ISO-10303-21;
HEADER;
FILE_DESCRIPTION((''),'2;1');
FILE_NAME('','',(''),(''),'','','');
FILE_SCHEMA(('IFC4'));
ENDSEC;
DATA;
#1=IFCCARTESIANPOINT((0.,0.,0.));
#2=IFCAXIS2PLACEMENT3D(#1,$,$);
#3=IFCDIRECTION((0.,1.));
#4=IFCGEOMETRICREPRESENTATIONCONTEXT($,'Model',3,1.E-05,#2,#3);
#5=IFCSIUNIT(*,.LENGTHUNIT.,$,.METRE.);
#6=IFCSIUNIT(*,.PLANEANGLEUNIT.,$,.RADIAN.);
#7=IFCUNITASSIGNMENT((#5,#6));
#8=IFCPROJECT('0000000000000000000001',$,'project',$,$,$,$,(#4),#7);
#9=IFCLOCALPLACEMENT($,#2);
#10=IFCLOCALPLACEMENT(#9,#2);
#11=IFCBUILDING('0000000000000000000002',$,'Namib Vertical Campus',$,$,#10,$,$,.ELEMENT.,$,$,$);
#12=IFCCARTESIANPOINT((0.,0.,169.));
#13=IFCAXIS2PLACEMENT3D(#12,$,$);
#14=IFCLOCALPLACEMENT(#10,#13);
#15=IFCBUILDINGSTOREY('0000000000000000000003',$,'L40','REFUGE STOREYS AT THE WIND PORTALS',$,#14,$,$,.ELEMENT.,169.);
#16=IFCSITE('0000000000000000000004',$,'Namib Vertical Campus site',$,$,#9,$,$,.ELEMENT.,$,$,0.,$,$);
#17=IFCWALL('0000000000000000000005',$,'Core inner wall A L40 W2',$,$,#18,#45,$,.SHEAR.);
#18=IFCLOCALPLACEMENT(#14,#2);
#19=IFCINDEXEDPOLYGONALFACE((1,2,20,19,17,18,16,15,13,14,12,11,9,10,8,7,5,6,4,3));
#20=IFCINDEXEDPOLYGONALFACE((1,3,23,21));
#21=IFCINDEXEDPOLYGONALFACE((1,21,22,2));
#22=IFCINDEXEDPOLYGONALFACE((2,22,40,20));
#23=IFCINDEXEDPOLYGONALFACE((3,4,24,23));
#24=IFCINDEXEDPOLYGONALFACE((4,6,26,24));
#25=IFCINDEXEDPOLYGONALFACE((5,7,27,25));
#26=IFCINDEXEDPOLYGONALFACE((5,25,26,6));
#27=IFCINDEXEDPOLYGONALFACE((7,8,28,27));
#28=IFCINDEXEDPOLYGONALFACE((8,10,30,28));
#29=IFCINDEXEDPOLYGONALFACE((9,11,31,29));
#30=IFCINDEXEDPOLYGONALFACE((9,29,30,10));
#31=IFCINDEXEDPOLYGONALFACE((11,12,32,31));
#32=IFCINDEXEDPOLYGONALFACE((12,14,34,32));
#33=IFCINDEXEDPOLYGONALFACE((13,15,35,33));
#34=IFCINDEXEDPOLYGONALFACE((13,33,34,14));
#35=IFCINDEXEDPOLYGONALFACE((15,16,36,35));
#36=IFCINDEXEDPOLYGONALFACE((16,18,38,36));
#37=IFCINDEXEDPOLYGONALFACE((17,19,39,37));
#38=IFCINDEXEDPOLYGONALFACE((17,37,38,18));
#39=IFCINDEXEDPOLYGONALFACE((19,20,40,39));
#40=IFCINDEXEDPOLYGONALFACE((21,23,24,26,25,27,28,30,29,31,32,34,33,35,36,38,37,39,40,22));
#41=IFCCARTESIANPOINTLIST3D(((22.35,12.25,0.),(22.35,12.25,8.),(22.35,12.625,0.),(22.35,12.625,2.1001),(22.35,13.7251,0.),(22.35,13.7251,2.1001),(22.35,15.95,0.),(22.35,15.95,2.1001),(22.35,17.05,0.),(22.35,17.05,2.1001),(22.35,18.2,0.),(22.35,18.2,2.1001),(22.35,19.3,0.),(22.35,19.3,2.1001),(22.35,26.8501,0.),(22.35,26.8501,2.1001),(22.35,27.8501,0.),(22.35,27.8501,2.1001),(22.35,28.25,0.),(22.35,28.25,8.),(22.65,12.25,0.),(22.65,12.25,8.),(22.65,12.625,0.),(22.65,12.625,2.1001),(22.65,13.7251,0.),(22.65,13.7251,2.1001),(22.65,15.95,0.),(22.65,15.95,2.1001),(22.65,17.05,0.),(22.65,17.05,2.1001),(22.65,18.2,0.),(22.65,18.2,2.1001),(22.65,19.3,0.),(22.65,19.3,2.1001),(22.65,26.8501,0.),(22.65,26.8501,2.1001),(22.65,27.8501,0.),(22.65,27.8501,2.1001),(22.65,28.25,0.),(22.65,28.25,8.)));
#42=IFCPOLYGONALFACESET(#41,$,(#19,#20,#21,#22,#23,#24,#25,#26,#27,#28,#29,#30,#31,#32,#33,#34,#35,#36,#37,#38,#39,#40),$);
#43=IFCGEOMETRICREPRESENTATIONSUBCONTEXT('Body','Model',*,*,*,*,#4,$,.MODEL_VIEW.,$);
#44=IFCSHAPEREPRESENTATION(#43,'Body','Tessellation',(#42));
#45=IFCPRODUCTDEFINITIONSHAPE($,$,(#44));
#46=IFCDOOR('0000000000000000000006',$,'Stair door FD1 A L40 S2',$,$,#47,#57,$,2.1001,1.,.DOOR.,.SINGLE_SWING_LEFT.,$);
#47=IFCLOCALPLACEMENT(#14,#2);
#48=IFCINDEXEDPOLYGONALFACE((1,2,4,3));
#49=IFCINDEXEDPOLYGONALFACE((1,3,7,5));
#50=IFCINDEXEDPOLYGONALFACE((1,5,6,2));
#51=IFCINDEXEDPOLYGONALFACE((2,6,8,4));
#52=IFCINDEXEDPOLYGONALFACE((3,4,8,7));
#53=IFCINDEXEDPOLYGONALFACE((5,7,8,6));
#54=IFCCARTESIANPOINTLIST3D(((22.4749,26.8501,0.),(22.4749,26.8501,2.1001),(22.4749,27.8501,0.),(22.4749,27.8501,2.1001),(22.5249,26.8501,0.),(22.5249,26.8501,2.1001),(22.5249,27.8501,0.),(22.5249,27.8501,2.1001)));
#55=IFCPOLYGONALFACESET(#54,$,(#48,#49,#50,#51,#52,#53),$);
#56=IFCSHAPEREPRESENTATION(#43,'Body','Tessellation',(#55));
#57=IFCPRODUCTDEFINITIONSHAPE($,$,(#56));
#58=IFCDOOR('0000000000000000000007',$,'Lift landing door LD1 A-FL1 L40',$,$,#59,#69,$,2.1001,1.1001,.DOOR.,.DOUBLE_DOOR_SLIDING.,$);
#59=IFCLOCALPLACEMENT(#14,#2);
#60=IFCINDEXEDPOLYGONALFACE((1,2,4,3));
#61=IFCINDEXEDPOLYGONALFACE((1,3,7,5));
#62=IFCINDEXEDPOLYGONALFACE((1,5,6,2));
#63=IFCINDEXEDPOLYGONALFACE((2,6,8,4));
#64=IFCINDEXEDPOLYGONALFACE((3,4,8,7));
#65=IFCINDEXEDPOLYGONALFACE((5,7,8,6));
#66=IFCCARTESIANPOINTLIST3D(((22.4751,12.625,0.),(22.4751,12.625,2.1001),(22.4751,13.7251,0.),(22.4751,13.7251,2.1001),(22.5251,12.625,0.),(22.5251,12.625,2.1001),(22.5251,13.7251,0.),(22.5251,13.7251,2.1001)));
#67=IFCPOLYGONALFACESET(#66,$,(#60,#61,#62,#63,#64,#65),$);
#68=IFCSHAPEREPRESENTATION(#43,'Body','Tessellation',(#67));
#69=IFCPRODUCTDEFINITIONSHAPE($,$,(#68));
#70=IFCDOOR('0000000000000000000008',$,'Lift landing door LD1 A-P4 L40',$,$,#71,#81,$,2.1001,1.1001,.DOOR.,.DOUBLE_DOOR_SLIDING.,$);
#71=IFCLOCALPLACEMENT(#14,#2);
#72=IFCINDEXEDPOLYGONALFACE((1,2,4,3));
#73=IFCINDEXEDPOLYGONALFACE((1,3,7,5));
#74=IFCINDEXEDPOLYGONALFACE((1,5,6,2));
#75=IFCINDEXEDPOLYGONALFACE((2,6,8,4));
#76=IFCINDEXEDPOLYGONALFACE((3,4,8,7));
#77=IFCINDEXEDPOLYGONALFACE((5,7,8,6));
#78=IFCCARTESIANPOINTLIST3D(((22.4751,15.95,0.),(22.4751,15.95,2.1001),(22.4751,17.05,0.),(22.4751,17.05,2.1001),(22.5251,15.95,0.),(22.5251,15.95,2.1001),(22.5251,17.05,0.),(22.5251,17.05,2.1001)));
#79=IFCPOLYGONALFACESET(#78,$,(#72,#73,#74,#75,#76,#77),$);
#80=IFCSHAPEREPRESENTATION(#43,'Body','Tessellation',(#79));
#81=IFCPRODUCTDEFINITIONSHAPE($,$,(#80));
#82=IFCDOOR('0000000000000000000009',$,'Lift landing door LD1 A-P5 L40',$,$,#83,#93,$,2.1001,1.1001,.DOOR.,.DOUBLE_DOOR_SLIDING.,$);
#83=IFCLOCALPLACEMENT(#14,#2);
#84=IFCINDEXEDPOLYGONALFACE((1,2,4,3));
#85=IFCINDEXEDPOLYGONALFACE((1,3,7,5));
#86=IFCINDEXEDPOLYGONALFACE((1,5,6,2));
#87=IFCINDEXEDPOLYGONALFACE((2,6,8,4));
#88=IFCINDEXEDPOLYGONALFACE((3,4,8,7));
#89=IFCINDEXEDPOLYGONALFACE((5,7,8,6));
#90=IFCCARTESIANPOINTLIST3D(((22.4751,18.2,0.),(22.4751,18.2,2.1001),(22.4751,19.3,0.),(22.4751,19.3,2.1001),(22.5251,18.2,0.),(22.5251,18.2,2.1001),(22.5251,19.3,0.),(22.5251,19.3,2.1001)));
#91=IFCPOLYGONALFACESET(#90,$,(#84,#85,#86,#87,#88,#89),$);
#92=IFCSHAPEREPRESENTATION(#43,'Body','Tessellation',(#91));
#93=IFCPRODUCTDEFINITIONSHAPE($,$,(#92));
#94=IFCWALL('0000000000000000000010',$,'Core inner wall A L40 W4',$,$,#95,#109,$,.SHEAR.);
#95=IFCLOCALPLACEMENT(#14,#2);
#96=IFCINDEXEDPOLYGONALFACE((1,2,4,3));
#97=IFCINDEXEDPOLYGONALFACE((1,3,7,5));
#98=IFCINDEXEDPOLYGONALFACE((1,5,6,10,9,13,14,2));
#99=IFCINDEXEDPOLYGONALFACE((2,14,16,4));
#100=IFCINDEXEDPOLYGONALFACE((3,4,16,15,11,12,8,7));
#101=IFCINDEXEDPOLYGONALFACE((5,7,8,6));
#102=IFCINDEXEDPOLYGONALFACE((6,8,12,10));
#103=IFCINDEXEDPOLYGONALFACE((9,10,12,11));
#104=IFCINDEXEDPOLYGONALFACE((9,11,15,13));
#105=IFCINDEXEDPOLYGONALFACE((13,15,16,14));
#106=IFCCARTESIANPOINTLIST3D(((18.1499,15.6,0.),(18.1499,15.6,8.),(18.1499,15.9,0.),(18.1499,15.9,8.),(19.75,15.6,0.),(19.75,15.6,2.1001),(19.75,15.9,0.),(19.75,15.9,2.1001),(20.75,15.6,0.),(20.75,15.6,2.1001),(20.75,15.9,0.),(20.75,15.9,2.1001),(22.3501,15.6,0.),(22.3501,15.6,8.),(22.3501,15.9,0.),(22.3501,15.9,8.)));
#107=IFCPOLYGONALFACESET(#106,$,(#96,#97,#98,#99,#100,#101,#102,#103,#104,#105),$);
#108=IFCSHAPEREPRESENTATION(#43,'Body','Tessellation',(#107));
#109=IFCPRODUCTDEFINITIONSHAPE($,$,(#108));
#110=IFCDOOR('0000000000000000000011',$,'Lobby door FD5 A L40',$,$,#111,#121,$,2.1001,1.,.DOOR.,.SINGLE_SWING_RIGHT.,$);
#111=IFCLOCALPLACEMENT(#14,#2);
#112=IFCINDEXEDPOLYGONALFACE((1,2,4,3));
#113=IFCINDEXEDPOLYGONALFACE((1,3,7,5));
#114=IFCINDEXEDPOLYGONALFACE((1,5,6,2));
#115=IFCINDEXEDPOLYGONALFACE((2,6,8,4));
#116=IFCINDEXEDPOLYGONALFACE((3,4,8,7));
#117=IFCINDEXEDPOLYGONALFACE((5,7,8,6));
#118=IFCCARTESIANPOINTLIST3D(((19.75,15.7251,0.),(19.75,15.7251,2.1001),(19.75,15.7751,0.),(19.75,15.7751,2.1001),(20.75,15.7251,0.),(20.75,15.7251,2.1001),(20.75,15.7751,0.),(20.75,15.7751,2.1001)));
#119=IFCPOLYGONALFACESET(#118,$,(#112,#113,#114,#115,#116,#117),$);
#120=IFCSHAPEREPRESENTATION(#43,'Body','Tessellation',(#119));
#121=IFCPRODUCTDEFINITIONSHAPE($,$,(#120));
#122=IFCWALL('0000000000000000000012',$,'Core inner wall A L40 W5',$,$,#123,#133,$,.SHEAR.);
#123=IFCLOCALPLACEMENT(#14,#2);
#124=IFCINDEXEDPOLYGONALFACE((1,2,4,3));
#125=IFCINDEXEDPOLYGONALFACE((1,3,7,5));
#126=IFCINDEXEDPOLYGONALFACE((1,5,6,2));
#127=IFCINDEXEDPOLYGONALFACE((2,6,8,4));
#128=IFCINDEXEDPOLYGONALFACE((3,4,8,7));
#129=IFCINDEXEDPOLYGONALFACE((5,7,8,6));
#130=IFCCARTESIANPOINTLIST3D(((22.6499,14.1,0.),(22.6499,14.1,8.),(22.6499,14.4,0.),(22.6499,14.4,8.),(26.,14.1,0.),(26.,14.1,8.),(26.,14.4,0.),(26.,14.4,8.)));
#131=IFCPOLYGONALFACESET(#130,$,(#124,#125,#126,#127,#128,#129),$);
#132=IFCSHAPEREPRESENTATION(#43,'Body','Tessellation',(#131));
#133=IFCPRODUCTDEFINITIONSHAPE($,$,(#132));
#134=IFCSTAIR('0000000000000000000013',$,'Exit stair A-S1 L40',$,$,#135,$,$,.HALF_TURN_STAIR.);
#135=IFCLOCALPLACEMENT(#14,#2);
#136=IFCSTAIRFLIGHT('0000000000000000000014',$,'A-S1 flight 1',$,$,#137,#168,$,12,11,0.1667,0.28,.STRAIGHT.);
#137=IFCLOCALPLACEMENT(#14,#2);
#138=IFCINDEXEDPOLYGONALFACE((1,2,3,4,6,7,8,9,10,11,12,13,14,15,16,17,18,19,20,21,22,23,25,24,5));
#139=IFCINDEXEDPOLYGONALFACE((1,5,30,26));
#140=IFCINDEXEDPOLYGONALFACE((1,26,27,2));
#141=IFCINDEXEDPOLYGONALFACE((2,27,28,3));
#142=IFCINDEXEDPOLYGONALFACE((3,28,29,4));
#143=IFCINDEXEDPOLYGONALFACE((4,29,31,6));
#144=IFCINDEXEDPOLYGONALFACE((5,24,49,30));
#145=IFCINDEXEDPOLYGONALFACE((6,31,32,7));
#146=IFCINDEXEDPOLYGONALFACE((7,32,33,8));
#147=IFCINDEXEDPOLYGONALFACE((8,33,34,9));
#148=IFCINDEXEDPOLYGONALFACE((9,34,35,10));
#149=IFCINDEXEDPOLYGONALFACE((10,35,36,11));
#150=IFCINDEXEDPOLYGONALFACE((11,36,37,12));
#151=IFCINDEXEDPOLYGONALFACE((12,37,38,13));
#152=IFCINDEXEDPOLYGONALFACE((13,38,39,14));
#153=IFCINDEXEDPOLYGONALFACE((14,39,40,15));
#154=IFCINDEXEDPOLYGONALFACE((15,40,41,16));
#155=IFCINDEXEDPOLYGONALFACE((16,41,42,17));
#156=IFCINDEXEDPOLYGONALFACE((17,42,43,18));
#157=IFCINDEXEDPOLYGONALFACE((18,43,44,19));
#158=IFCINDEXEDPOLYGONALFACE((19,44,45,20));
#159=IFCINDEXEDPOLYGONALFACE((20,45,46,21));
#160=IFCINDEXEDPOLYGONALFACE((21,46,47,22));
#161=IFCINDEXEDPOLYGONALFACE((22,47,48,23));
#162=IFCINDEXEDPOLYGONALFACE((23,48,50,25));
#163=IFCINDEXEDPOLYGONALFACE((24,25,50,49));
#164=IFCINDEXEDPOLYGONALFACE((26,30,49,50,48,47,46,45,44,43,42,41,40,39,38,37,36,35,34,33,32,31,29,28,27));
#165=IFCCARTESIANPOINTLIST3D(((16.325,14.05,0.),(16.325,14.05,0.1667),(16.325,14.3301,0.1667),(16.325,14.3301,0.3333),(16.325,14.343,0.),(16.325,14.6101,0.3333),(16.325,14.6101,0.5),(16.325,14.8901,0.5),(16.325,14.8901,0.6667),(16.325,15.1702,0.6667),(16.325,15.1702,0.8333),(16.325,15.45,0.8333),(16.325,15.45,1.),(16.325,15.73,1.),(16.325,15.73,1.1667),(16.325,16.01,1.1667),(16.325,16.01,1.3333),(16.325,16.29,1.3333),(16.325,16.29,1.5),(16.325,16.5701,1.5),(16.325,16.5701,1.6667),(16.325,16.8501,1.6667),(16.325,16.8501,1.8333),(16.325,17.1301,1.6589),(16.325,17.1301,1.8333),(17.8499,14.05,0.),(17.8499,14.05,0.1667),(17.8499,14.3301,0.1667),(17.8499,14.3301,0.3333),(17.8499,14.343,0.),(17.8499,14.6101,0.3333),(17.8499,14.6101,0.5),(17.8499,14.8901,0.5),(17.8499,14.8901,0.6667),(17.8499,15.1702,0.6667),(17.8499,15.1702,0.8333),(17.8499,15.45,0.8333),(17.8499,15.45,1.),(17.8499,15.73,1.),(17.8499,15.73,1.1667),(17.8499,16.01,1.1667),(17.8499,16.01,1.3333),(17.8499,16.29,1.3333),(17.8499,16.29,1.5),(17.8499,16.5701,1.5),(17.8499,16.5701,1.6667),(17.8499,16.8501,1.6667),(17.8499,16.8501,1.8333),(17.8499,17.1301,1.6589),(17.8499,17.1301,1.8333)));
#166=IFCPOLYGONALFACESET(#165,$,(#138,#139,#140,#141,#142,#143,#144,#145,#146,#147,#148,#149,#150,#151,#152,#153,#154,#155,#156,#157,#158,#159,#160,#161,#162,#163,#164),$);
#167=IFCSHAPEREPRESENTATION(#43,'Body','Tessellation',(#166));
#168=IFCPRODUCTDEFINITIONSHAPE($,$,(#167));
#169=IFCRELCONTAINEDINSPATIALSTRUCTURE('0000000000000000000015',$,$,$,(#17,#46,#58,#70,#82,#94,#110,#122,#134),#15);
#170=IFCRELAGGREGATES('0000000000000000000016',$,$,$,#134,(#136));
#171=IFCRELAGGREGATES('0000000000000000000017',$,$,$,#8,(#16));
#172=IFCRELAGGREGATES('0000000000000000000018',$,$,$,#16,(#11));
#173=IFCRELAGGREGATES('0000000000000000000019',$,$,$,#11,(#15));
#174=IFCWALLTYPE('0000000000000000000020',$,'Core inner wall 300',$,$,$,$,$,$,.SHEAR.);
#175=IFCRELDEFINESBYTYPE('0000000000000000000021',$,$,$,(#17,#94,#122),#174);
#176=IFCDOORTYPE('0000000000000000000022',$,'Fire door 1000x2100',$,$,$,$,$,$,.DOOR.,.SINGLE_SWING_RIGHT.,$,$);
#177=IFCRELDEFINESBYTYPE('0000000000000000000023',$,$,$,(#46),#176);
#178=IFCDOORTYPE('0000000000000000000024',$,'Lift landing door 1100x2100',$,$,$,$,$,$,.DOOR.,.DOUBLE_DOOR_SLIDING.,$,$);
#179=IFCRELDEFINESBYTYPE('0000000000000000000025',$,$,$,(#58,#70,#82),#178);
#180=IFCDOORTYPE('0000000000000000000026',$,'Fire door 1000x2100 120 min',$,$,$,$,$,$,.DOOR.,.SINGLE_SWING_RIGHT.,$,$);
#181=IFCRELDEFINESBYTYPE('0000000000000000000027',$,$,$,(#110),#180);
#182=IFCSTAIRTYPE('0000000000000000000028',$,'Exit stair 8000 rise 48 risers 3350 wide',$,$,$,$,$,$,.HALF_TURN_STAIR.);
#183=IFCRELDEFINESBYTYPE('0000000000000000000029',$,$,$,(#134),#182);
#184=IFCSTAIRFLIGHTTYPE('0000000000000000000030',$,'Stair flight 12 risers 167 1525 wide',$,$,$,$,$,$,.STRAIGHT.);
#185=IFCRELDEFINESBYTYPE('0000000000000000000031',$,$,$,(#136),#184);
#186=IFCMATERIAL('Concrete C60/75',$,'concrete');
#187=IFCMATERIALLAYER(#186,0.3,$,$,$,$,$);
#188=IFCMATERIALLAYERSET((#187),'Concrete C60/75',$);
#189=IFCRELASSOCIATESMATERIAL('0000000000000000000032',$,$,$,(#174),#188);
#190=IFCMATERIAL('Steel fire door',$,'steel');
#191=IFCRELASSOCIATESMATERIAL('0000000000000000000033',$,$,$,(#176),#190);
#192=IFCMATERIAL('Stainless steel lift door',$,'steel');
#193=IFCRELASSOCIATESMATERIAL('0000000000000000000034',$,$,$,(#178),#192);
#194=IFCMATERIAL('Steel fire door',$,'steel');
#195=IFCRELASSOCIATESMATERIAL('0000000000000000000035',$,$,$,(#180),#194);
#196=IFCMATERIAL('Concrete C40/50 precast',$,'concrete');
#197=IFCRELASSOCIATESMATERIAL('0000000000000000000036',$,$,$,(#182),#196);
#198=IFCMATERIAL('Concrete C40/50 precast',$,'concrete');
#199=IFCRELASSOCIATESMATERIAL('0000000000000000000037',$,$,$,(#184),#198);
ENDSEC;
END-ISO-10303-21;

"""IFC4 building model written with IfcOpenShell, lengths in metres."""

from ifc_helpers import new_model, si_unit, direction, frame, frame_2d, origin, place, context, subcontext, project, spatial, polyline, rectangle, outline, extrude, material, layer, layer_set, type_object, element, fill, aggregate, save


model = new_model("IFC4")

# Units and contexts
model_context = context("Model", 3, precision=1e-05, world=origin(), true_north=direction((0.0, 1.0)))
body_context = subcontext(model_context, "Body", "Model", "MODEL_VIEW")
ifc_project = project(units=[si_unit("LENGTHUNIT", "METRE"), si_unit("PLANEANGLEUNIT", "RADIAN")], contexts=[model_context])

# Site, building, storey
site_placement = place(None, origin())
site = spatial("IfcSite", under=ifc_project, at=site_placement, Name="Namib Vertical Campus site", CompositionType="ELEMENT", RefElevation=0.0)
building_placement = place(site_placement, origin())
building = spatial("IfcBuilding", under=site, at=building_placement, Name="Namib Vertical Campus", CompositionType="ELEMENT")
storey_placement = place(building_placement, frame((0.0, 0.0, 169.0)))
storey = spatial("IfcBuildingStorey", under=building, at=storey_placement, Name="L40", Description="REFUGE STOREYS AT THE WIND PORTALS", CompositionType="ELEMENT", Elevation=169.0)

# Wall, openings, doors
ifc_material_1 = material(Name="Concrete C60/75", Category="concrete")
ifc_layer = layer(ifc_material_1, 0.3)
ifc_layer_set = layer_set([ifc_layer], Name="Concrete C60/75")
wall_type = type_object("IfcWallType", Name="Core inner wall 300", PredefinedType="SHEAR", material=ifc_layer_set)
ifc_material_2 = material(Name="Steel fire door", Category="steel")
door_type_1 = type_object("IfcDoorType", Name="Fire door 1000x2100", OperationType="SINGLE_SWING_RIGHT", PredefinedType="DOOR", material=ifc_material_2)
ifc_material_3 = material(Name="Stainless steel lift door", Category="steel")
door_type_2 = type_object("IfcDoorType", Name="Lift landing door 1100x2100", OperationType="DOUBLE_DOOR_SLIDING", PredefinedType="DOOR", material=ifc_material_3)
wall_1_placement = place(storey_placement, frame((22.5, 12.25, 0.0), z_axis=(0.0, 0.0, 1.0), x_axis=(0.0, 1.0, 0.0)))
wall_1 = element("IfcWall", 1, at=wall_1_placement, inside=storey, type_object=wall_type, Name="Core inner wall A L40 W2", PredefinedType="SHEAR", context=body_context, shape_type="SweptSolid", body=[
    extrude(rectangle(XDim=16.0, YDim=0.3, at=frame_2d((8.0, 0.0))), origin(), (0.0, 0.0, 1.0), 8.0),
])
opening_1_placement = place(wall_1_placement, frame((14.6001, 0.0, 0.0)))
opening_1 = element("IfcOpeningElement", 2, at=opening_1_placement, cuts=wall_1, PredefinedType="OPENING", context=body_context, shape_type="SweptSolid", body=[
    extrude(rectangle(XDim=1.0, YDim=2.1001, at=frame_2d((0.5, 1.05))), frame((0.0, 0.1599, 0.0), z_axis=(0.0, -1.0, 0.0), x_axis=(1.0, 0.0, 0.0)), (0.0, 0.0, 1.0), 0.3201),
])
opening_2_placement = place(wall_1_placement, frame((0.375, 0.0, 0.0)))
opening_2 = element("IfcOpeningElement", 3, at=opening_2_placement, cuts=wall_1, PredefinedType="OPENING", context=body_context, shape_type="SweptSolid", body=[
    extrude(rectangle(XDim=1.1001, YDim=2.1001, at=frame_2d((0.55, 1.05))), frame((0.0, 0.1599, 0.0), z_axis=(0.0, -1.0, 0.0), x_axis=(1.0, 0.0, 0.0)), (0.0, 0.0, 1.0), 0.3201),
])
opening_3_placement = place(wall_1_placement, frame((3.7, 0.0, 0.0)))
opening_3 = element("IfcOpeningElement", 4, at=opening_3_placement, cuts=wall_1, PredefinedType="OPENING", context=body_context, shape_type="SweptSolid", body=[
    extrude(rectangle(XDim=1.1001, YDim=2.1001, at=frame_2d((0.55, 1.05))), frame((0.0, 0.1599, 0.0), z_axis=(0.0, -1.0, 0.0), x_axis=(1.0, 0.0, 0.0)), (0.0, 0.0, 1.0), 0.3201),
])
opening_4_placement = place(wall_1_placement, frame((5.95, 0.0, 0.0)))
opening_4 = element("IfcOpeningElement", 5, at=opening_4_placement, cuts=wall_1, PredefinedType="OPENING", context=body_context, shape_type="SweptSolid", body=[
    extrude(rectangle(XDim=1.1001, YDim=2.1001, at=frame_2d((0.55, 1.05))), frame((0.0, 0.1599, 0.0), z_axis=(0.0, -1.0, 0.0), x_axis=(1.0, 0.0, 0.0)), (0.0, 0.0, 1.0), 0.3201),
])
door_1_placement = place(opening_1_placement, frame((1.0, 0.0, 0.0), z_axis=(0.0, 0.0, 1.0), x_axis=(-1.0, 0.0, 0.0)))
door_1 = element("IfcDoor", 6, at=door_1_placement, inside=storey, type_object=door_type_1, Name="Stair door FD1 A L40 S2", OperationType="SINGLE_SWING_LEFT", OverallHeight=2.1001, OverallWidth=1.0, PredefinedType="DOOR", context=body_context, shape_type="SweptSolid", body=[
    extrude(rectangle(XDim=1.0, YDim=2.1001, at=frame_2d((0.5, 1.05))), frame((0.0, 0.0249, 0.0), z_axis=(0.0, -1.0, 0.0), x_axis=(1.0, 0.0, 0.0)), (0.0, 0.0, 1.0), 0.05),
])
fill(opening_1, door_1)
door_2_placement = place(opening_2_placement, origin())
door_2 = element("IfcDoor", 7, at=door_2_placement, inside=storey, type_object=door_type_2, Name="Lift landing door LD1 A-FL1 L40", OperationType="DOUBLE_DOOR_SLIDING", OverallHeight=2.1001, OverallWidth=1.1001, PredefinedType="DOOR", context=body_context, shape_type="SweptSolid", body=[
    extrude(rectangle(XDim=1.1001, YDim=2.1001, at=frame_2d((0.55, 1.05))), frame((0.0, 0.0249, 0.0), z_axis=(0.0, -1.0, 0.0), x_axis=(1.0, 0.0, 0.0)), (0.0, 0.0, 1.0), 0.05),
])
fill(opening_2, door_2)
door_3_placement = place(opening_3_placement, origin())
door_3 = element("IfcDoor", 8, at=door_3_placement, inside=storey, type_object=door_type_2, Name="Lift landing door LD1 A-P4 L40", OperationType="DOUBLE_DOOR_SLIDING", OverallHeight=2.1001, OverallWidth=1.1001, PredefinedType="DOOR", context=body_context, shape_type="SweptSolid", body=[
    extrude(rectangle(XDim=1.1001, YDim=2.1001, at=frame_2d((0.55, 1.05))), frame((0.0, 0.0249, 0.0), z_axis=(0.0, -1.0, 0.0), x_axis=(1.0, 0.0, 0.0)), (0.0, 0.0, 1.0), 0.05),
])
fill(opening_3, door_3)
door_4_placement = place(opening_4_placement, origin())
door_4 = element("IfcDoor", 9, at=door_4_placement, inside=storey, type_object=door_type_2, Name="Lift landing door LD1 A-P5 L40", OperationType="DOUBLE_DOOR_SLIDING", OverallHeight=2.1001, OverallWidth=1.1001, PredefinedType="DOOR", context=body_context, shape_type="SweptSolid", body=[
    extrude(rectangle(XDim=1.1001, YDim=2.1001, at=frame_2d((0.55, 1.05))), frame((0.0, 0.0249, 0.0), z_axis=(0.0, -1.0, 0.0), x_axis=(1.0, 0.0, 0.0)), (0.0, 0.0, 1.0), 0.05),
])
fill(opening_4, door_4)

# Wall, opening, door
wall_2_placement = place(storey_placement, frame((18.1499, 15.75, 0.0), z_axis=(0.0, 0.0, 1.0), x_axis=(1.0, 0.0, 0.0)))
wall_2 = element("IfcWall", 10, at=wall_2_placement, inside=storey, type_object=wall_type, Name="Core inner wall A L40 W4", PredefinedType="SHEAR", context=body_context, shape_type="SweptSolid", body=[
    extrude(rectangle(XDim=4.2002, YDim=0.3, at=frame_2d((2.1001, 0.0))), origin(), (0.0, 0.0, 1.0), 8.0),
])
opening_5_placement = place(wall_2_placement, frame((1.6001, 0.0, 0.0)))
opening_5 = element("IfcOpeningElement", 11, at=opening_5_placement, cuts=wall_2, PredefinedType="OPENING", context=body_context, shape_type="SweptSolid", body=[
    extrude(rectangle(XDim=1.0, YDim=2.1001, at=frame_2d((0.5, 1.05))), frame((0.0, 0.1599, 0.0), z_axis=(0.0, -1.0, 0.0), x_axis=(1.0, 0.0, 0.0)), (0.0, 0.0, 1.0), 0.3201),
])
ifc_material_4 = material(Name="Steel fire door", Category="steel")
door_type_3 = type_object("IfcDoorType", Name="Fire door 1000x2100 120 min", OperationType="SINGLE_SWING_RIGHT", PredefinedType="DOOR", material=ifc_material_4)
door_5_placement = place(opening_5_placement, frame((1.0, 0.0, 0.0), z_axis=(0.0, 0.0, 1.0), x_axis=(-1.0, 0.0, 0.0)))
door_5 = element("IfcDoor", 12, at=door_5_placement, inside=storey, type_object=door_type_3, Name="Lobby door FD5 A L40", OperationType="SINGLE_SWING_RIGHT", OverallHeight=2.1001, OverallWidth=1.0, PredefinedType="DOOR", context=body_context, shape_type="SweptSolid", body=[
    extrude(rectangle(XDim=1.0, YDim=2.1001, at=frame_2d((0.5, 1.05))), frame((0.0, 0.0249, 0.0), z_axis=(0.0, -1.0, 0.0), x_axis=(1.0, 0.0, 0.0)), (0.0, 0.0, 1.0), 0.05),
])
fill(opening_5, door_5)

# Wall
wall_3_placement = place(storey_placement, frame((22.6499, 14.25, 0.0), z_axis=(0.0, 0.0, 1.0), x_axis=(1.0, 0.0, 0.0)))
element("IfcWall", 13, at=wall_3_placement, inside=storey, type_object=wall_type, Name="Core inner wall A L40 W5", PredefinedType="SHEAR", context=body_context, shape_type="SweptSolid", body=[
    extrude(rectangle(XDim=3.3501, YDim=0.3, at=frame_2d((1.675, 0.0))), origin(), (0.0, 0.0, 1.0), 8.0),
])

# Stair, stair flight
ifc_material_5 = material(Name="Concrete C40/50 precast", Category="concrete")
stair_type = type_object("IfcStairType", Name="Exit stair 8000 rise 48 risers 3350 wide", PredefinedType="HALF_TURN_STAIR", material=ifc_material_5)
stair_placement = place(storey_placement, origin())
stair = element("IfcStair", 14, at=stair_placement, inside=storey, type_object=stair_type, Name="Exit stair A-S1 L40", PredefinedType="HALF_TURN_STAIR")
ifc_material_6 = material(Name="Concrete C40/50 precast", Category="concrete")
stair_flight_type = type_object("IfcStairFlightType", Name="Stair flight 12 risers 167 1525 wide", PredefinedType="STRAIGHT", material=ifc_material_6)
stair_flight_1_placement = place(storey_placement, frame((17.0874, 14.05, 0.0), z_axis=(0.0, 0.0, 1.0), x_axis=(0.0, 1.0, 0.0)))
stair_flight_1 = element("IfcStairFlight", 15, at=stair_flight_1_placement, type_object=stair_flight_type, Name="A-S1 flight 1", NumberOfRisers=12, NumberOfTreads=11, PredefinedType="STRAIGHT", RiserHeight=0.1667, TreadLength=0.28, context=body_context, shape_type="SweptSolid", body=[
    extrude(outline(polyline([(0.0, 0.0), (0.0, 0.1667), (0.28, 0.1667), (0.28, 0.3333), (0.5601, 0.3333), (0.5601, 0.5), (0.8401, 0.5), (0.8401, 0.6667), (1.1201, 0.6667), (1.1201, 0.8333), (1.3999, 0.8333), (1.3999, 1.0), (1.6799, 1.0), (1.6799, 1.1667), (1.96, 1.1667), (1.96, 1.3333), (2.24, 1.3333), (2.24, 1.5), (2.52, 1.5), (2.52, 1.6667), (2.8, 1.6667), (2.8, 1.8333), (3.0801, 1.8333), (3.0801, 2.0), (3.0801, 1.6589), (0.293, 0.0), (0.0, 0.0)])), frame((0.0, 0.7625, 0.0), z_axis=(0.0, -1.0, 0.0), x_axis=(1.0, 0.0, 0.0)), (0.0, 0.0, 1.0), 1.5249),
])
aggregate(stair, [stair_flight_1])

save(model, "model.ifc")
